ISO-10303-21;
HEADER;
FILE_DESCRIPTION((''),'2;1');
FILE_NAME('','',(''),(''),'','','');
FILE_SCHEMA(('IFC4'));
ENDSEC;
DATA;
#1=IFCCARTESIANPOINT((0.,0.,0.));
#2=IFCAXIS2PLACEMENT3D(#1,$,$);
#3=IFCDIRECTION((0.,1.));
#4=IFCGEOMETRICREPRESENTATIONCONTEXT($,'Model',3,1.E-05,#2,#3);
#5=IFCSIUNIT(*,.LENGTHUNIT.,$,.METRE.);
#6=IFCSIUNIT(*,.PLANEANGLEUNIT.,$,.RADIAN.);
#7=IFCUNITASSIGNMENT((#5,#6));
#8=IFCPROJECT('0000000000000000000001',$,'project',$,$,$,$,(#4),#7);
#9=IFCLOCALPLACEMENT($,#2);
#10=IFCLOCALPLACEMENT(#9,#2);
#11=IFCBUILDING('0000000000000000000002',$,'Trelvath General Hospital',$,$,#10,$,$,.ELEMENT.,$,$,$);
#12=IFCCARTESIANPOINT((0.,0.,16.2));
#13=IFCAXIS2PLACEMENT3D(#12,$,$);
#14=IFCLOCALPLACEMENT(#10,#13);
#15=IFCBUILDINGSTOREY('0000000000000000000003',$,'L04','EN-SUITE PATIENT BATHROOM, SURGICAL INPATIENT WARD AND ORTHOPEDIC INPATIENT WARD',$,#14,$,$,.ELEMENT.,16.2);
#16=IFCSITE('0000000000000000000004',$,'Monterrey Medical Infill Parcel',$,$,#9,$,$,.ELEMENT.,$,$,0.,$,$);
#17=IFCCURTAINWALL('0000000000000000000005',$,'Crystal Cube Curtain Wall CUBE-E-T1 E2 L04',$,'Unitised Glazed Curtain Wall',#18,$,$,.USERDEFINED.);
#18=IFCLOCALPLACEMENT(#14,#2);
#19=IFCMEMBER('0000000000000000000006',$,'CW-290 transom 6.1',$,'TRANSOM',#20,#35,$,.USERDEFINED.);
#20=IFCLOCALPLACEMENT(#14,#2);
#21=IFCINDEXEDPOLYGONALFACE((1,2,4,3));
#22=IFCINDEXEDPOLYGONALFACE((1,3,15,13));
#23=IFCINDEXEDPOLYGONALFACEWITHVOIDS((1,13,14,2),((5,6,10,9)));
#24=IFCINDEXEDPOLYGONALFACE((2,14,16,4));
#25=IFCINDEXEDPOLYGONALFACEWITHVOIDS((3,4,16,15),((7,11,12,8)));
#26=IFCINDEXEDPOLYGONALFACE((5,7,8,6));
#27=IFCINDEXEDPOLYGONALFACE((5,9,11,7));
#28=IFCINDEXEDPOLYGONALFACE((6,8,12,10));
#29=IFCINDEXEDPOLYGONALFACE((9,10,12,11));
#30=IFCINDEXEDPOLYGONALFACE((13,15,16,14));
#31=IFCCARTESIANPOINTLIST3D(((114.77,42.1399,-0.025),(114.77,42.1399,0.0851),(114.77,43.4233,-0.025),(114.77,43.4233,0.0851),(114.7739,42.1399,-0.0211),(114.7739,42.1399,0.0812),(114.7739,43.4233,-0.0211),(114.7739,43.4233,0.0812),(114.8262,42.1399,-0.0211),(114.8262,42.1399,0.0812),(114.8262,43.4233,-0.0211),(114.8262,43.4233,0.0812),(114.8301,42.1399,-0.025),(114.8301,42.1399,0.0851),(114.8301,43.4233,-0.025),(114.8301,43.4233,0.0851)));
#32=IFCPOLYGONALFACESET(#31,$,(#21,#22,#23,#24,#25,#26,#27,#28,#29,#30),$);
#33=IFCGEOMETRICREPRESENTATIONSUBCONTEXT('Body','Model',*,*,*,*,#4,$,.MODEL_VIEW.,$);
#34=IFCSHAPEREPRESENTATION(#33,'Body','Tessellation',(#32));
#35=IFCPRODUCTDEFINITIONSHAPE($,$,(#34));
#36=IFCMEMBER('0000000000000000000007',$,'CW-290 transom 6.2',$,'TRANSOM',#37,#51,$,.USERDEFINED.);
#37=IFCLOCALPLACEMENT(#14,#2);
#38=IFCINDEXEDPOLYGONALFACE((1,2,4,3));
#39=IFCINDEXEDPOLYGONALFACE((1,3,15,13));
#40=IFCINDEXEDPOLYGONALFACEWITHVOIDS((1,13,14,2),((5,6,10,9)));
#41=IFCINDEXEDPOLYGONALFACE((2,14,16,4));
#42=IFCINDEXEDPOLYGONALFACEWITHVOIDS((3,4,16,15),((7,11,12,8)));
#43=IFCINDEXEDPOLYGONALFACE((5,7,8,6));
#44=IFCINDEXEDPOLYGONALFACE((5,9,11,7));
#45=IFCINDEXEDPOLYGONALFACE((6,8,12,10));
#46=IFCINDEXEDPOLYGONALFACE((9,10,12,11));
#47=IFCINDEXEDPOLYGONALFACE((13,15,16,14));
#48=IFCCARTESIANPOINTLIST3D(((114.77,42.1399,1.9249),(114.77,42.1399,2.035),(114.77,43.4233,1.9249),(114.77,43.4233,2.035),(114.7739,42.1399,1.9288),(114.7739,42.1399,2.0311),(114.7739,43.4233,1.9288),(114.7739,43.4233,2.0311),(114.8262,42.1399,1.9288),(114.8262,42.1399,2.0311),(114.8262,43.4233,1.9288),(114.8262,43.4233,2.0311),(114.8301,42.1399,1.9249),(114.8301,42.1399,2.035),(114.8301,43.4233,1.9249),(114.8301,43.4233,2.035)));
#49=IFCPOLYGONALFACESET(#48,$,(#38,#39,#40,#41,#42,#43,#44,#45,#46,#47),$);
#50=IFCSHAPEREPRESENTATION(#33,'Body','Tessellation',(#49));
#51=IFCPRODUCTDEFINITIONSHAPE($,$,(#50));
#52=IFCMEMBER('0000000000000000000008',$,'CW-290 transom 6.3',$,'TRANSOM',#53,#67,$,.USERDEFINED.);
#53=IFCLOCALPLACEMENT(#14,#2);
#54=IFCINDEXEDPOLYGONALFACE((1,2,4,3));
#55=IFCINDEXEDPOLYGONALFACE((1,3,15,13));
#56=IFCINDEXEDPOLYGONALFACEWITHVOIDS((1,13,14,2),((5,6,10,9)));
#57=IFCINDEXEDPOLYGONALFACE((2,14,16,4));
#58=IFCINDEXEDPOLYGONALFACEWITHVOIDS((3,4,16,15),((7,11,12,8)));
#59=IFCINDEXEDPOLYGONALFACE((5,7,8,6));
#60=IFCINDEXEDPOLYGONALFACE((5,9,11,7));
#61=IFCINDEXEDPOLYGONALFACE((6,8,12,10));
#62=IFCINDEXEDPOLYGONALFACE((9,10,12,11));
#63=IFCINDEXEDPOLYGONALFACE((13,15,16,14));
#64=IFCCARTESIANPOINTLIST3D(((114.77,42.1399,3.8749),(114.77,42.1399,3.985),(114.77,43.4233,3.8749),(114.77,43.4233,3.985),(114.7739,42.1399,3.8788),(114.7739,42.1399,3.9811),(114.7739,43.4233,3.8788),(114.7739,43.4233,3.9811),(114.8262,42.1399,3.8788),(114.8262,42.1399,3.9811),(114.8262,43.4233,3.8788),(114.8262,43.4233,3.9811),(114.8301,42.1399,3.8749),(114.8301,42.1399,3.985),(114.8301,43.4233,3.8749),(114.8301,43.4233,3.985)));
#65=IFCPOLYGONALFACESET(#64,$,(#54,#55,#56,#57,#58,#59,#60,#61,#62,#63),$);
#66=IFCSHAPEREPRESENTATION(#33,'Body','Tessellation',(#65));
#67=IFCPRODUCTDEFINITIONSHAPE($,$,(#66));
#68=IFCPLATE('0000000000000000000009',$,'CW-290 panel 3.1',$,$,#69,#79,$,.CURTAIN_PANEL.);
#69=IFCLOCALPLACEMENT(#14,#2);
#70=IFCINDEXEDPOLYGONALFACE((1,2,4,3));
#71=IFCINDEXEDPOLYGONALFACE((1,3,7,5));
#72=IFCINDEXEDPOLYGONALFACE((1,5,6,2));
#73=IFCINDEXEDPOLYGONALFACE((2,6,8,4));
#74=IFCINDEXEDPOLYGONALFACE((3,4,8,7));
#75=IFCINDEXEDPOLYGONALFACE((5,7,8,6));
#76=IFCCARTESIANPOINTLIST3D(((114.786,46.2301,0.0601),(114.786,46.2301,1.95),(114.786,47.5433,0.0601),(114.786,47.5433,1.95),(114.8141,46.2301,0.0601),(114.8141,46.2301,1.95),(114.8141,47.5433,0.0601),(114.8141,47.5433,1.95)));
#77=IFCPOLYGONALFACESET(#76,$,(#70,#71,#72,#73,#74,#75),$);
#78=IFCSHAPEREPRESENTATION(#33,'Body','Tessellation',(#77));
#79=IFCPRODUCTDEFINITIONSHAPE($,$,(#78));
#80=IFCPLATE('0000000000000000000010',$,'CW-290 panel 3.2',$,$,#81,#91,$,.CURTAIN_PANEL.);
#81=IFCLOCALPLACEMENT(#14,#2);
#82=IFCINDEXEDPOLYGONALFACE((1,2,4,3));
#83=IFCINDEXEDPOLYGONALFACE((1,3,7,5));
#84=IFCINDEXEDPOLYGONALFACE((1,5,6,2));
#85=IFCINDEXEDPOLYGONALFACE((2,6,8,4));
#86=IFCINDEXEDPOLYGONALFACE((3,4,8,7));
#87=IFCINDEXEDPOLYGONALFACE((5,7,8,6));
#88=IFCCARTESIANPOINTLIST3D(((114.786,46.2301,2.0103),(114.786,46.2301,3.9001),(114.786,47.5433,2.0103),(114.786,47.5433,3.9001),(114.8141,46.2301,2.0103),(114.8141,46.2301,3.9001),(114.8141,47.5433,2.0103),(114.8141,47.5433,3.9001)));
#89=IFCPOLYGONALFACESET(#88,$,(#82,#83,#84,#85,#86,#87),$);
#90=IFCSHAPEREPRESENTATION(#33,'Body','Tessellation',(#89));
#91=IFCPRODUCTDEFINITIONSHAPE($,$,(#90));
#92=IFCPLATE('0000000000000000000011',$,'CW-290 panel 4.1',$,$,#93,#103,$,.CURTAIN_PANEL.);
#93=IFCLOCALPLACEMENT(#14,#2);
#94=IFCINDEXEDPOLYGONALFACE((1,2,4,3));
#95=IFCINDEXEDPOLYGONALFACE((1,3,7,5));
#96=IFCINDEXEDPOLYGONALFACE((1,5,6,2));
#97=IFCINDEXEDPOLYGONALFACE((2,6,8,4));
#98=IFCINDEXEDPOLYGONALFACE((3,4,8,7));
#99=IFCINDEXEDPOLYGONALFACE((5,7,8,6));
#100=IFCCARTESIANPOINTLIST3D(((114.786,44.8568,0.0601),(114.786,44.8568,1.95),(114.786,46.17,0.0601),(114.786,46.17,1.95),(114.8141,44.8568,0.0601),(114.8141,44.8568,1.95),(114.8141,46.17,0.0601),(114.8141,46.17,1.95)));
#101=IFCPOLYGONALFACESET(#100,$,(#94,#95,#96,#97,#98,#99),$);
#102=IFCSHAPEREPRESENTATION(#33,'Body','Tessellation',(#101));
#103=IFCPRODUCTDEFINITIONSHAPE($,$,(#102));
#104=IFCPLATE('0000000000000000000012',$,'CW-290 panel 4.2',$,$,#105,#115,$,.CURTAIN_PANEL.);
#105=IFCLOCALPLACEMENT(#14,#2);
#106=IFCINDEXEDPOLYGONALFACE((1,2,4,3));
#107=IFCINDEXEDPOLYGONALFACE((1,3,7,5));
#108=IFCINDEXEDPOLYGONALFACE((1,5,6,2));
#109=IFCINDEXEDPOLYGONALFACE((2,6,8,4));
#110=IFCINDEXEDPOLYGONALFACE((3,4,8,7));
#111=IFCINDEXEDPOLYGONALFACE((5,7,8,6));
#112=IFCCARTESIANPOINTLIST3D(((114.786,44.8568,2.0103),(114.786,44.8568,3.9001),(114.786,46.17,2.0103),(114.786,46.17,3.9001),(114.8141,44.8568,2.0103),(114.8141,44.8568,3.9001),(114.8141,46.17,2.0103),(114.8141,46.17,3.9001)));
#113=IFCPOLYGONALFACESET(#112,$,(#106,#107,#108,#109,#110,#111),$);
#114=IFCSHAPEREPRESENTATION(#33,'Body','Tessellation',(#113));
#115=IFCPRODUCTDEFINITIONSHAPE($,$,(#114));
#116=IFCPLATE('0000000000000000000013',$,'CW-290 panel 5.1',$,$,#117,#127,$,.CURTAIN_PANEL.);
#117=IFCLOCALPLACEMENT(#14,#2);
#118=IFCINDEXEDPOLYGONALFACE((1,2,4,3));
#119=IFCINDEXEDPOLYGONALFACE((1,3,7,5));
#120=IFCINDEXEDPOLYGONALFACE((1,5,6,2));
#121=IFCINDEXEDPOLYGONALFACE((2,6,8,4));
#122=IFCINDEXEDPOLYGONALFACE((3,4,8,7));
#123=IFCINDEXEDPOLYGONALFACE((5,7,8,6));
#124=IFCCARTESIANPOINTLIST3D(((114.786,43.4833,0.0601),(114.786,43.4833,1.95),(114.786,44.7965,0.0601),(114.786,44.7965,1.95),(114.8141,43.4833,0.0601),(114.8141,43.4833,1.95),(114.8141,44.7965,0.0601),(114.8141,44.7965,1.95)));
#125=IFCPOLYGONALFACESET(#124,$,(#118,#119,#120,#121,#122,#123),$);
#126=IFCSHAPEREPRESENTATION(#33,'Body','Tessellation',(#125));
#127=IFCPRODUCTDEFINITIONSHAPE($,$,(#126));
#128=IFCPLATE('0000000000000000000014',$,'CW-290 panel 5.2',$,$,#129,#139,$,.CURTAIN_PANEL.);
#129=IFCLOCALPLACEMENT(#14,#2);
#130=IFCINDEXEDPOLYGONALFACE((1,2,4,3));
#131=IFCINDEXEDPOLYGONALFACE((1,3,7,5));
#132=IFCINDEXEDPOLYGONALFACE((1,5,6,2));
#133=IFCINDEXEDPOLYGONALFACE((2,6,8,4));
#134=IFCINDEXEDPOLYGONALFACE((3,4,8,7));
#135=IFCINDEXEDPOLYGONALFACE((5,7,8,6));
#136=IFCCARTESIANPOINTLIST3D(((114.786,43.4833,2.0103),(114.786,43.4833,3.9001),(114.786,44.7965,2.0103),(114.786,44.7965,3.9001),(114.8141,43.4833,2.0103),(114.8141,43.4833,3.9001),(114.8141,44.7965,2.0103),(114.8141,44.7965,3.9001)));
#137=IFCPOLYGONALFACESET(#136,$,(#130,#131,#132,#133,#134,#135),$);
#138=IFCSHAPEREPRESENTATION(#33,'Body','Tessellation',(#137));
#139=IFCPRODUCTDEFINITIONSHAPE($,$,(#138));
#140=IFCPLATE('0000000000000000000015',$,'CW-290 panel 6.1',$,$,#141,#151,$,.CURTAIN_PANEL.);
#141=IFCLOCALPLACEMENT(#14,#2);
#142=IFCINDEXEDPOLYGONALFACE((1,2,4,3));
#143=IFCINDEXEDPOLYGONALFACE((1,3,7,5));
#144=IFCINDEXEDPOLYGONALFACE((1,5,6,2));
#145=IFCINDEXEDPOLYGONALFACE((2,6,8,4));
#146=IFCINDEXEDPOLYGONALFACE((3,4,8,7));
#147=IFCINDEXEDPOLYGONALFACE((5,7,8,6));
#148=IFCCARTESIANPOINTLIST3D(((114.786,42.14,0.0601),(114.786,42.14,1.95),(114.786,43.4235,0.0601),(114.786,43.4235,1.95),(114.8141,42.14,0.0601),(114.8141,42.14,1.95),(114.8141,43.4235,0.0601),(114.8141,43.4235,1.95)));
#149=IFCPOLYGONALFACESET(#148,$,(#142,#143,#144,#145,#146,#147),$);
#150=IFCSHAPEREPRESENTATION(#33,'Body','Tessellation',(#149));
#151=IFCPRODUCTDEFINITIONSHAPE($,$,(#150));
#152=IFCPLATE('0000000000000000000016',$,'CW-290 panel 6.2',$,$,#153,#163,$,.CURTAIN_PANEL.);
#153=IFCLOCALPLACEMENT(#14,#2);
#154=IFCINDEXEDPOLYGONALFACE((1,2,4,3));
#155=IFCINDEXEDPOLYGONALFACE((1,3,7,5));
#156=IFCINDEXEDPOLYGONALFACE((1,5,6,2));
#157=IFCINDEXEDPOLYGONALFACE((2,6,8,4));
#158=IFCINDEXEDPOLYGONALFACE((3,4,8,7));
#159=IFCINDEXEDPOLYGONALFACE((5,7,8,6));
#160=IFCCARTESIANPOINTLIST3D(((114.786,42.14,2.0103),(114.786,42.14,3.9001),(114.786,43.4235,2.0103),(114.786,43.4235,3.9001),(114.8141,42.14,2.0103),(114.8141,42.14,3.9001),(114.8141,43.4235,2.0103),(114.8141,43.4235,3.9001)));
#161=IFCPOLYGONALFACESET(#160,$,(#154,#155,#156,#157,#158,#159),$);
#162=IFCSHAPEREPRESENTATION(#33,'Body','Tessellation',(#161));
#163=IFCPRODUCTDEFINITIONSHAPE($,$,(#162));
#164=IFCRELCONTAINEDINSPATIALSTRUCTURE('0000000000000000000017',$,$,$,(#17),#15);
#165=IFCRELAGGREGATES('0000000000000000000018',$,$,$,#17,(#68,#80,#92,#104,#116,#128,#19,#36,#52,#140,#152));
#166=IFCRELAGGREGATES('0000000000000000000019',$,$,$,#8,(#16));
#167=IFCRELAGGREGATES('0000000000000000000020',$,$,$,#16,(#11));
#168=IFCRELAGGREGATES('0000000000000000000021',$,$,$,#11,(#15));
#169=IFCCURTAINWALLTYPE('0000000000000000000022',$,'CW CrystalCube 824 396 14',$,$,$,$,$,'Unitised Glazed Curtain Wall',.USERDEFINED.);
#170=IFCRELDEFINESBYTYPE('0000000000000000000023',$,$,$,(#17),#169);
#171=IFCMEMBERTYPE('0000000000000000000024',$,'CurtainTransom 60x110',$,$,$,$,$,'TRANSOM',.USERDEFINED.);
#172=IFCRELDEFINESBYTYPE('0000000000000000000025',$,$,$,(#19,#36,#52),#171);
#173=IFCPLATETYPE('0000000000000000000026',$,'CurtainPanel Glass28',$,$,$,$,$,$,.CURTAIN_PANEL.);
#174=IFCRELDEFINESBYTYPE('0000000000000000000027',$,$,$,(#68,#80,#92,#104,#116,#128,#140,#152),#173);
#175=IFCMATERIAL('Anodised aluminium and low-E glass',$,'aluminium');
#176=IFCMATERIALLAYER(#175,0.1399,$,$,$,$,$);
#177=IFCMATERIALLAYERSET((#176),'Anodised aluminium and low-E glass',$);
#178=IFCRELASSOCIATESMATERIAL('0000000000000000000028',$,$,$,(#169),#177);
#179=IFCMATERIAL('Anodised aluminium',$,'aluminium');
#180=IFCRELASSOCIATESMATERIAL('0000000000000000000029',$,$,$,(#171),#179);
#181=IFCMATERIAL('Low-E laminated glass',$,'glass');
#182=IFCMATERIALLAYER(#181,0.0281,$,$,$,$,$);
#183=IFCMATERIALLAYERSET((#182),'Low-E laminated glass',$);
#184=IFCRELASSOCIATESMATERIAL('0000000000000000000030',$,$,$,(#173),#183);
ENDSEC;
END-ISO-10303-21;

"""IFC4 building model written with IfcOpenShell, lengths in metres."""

from ifc_helpers import new_model, si_unit, direction, frame, origin, origin_2d, place, context, subcontext, project, spatial, rectangle, hollow_rectangle, extrude, material, layer, layer_set, material_profile, profile_set, type_object, element, aggregate, save


model = new_model("IFC4")

# Units and contexts
model_context = context("Model", 3, precision=1e-05, world=origin(), true_north=direction((0.0, 1.0)))
body_context = subcontext(model_context, "Body", "Model", "MODEL_VIEW")
ifc_project = project(units=[si_unit("LENGTHUNIT", "METRE"), si_unit("PLANEANGLEUNIT", "RADIAN")], contexts=[model_context])

# Site, building, storey
site_placement = place(None, origin())
site = spatial("IfcSite", under=ifc_project, at=site_placement, Name="Monterrey Medical Infill Parcel", CompositionType="ELEMENT", RefElevation=0.0)
building_placement = place(site_placement, origin())
building = spatial("IfcBuilding", under=site, at=building_placement, Name="Trelvath General Hospital", CompositionType="ELEMENT")
storey_placement = place(building_placement, frame((0.0, 0.0, 16.2)))
storey = spatial("IfcBuildingStorey", under=building, at=storey_placement, Name="L04", Description="EN-SUITE PATIENT BATHROOM, SURGICAL INPATIENT WARD AND ORTHOPEDIC INPATIENT WARD", CompositionType="ELEMENT", Elevation=16.2)

# Curtain wall, members, plates
ifc_material_1 = material(Name="Anodised aluminium and low-E glass", Category="aluminium")
ifc_layer_1 = layer(ifc_material_1, 0.1399)
ifc_layer_set_1 = layer_set([ifc_layer_1], Name="Anodised aluminium and low-E glass")
curtain_wall_type = type_object("IfcCurtainWallType", Name="CW CrystalCube 824 396 14", ElementType="Unitised Glazed Curtain Wall", PredefinedType="USERDEFINED", material=ifc_layer_set_1)
curtain_wall_placement = place(storey_placement, origin())
curtain_wall = element("IfcCurtainWall", 1, at=curtain_wall_placement, inside=storey, type_object=curtain_wall_type, Name="Crystal Cube Curtain Wall CUBE-E-T1 E2 L04", ObjectType="Unitised Glazed Curtain Wall", PredefinedType="USERDEFINED")
ifc_material_2 = material(Name="Anodised aluminium", Category="aluminium")
ifc_material_profile_1 = material_profile(ifc_material_2, hollow_rectangle(XDim=0.0601, YDim=0.1101, WallThickness=0.0039, at=origin_2d()), Name="RHS60x110x4")
ifc_profile_set_1 = profile_set([ifc_material_profile_1], Name="Anodised aluminium")
member_type_1 = type_object("IfcMemberType", Name="CurtainTransom 60x110", ElementType="TRANSOM", PredefinedType="USERDEFINED", material=ifc_profile_set_1)
member_1_placement = place(storey_placement, frame((114.8, 43.4233, 0.03), z_axis=(0.0, -1.0, 0.0), x_axis=(1.0, 0.0, 0.0)))
member_1 = element("IfcMember", 2, at=member_1_placement, type_object=member_type_1, Name="CW-290 transom 6.1", ObjectType="TRANSOM", PredefinedType="USERDEFINED", context=body_context, shape_type="SweptSolid", body=[
    extrude(hollow_rectangle(XDim=0.0601, YDim=0.1101, WallThickness=0.0039, at=origin_2d()), origin(), (0.0, 0.0, 1.0), 1.2834),
])
member_2_placement = place(storey_placement, frame((114.8, 43.4233, 1.98), z_axis=(0.0, -1.0, 0.0), x_axis=(1.0, 0.0, 0.0)))
member_2 = element("IfcMember", 3, at=member_2_placement, type_object=member_type_1, Name="CW-290 transom 6.2", ObjectType="TRANSOM", PredefinedType="USERDEFINED", context=body_context, shape_type="SweptSolid", body=[
    extrude(hollow_rectangle(XDim=0.0601, YDim=0.1101, WallThickness=0.0039, at=origin_2d()), origin(), (0.0, 0.0, 1.0), 1.2834),
])
member_3_placement = place(storey_placement, frame((114.8, 43.4233, 3.9299), z_axis=(0.0, -1.0, 0.0), x_axis=(1.0, 0.0, 0.0)))
member_3 = element("IfcMember", 4, at=member_3_placement, type_object=member_type_1, Name="CW-290 transom 6.3", ObjectType="TRANSOM", PredefinedType="USERDEFINED", context=body_context, shape_type="SweptSolid", body=[
    extrude(hollow_rectangle(XDim=0.0601, YDim=0.1101, WallThickness=0.0039, at=origin_2d()), origin(), (0.0, 0.0, 1.0), 1.2834),
])
ifc_material_3 = material(Name="Low-E laminated glass", Category="glass")
ifc_layer_2 = layer(ifc_material_3, 0.0281)
ifc_layer_set_2 = layer_set([ifc_layer_2], Name="Low-E laminated glass")
plate_type = type_object("IfcPlateType", Name="CurtainPanel Glass28", PredefinedType="CURTAIN_PANEL", material=ifc_layer_set_2)
plate_1_placement = place(storey_placement, frame((114.8, 46.8867, 0.0601), z_axis=(0.0, 0.0, 1.0), x_axis=(0.0, -1.0, 0.0)))
plate_1 = element("IfcPlate", 5, at=plate_1_placement, type_object=plate_type, Name="CW-290 panel 3.1", PredefinedType="CURTAIN_PANEL", context=body_context, shape_type="SweptSolid", body=[
    extrude(rectangle(XDim=1.3132, YDim=0.0281, at=origin_2d()), origin(), (0.0, 0.0, 1.0), 1.8899),
])
plate_2_placement = place(storey_placement, frame((114.8, 46.8867, 2.0103), z_axis=(0.0, 0.0, 1.0), x_axis=(0.0, -1.0, 0.0)))
plate_2 = element("IfcPlate", 6, at=plate_2_placement, type_object=plate_type, Name="CW-290 panel 3.2", PredefinedType="CURTAIN_PANEL", context=body_context, shape_type="SweptSolid", body=[
    extrude(rectangle(XDim=1.3132, YDim=0.0281, at=origin_2d()), origin(), (0.0, 0.0, 1.0), 1.8899),
])
plate_3_placement = place(storey_placement, frame((114.8, 45.5134, 0.0601), z_axis=(0.0, 0.0, 1.0), x_axis=(0.0, -1.0, 0.0)))
plate_3 = element("IfcPlate", 7, at=plate_3_placement, type_object=plate_type, Name="CW-290 panel 4.1", PredefinedType="CURTAIN_PANEL", context=body_context, shape_type="SweptSolid", body=[
    extrude(rectangle(XDim=1.3132, YDim=0.0281, at=origin_2d()), origin(), (0.0, 0.0, 1.0), 1.8899),
])
plate_4_placement = place(storey_placement, frame((114.8, 45.5134, 2.0103), z_axis=(0.0, 0.0, 1.0), x_axis=(0.0, -1.0, 0.0)))
plate_4 = element("IfcPlate", 8, at=plate_4_placement, type_object=plate_type, Name="CW-290 panel 4.2", PredefinedType="CURTAIN_PANEL", context=body_context, shape_type="SweptSolid", body=[
    extrude(rectangle(XDim=1.3132, YDim=0.0281, at=origin_2d()), origin(), (0.0, 0.0, 1.0), 1.8899),
])
plate_5_placement = place(storey_placement, frame((114.8, 44.1399, 0.0601), z_axis=(0.0, 0.0, 1.0), x_axis=(0.0, -1.0, 0.0)))
plate_5 = element("IfcPlate", 9, at=plate_5_placement, type_object=plate_type, Name="CW-290 panel 5.1", PredefinedType="CURTAIN_PANEL", context=body_context, shape_type="SweptSolid", body=[
    extrude(rectangle(XDim=1.3132, YDim=0.0281, at=origin_2d()), origin(), (0.0, 0.0, 1.0), 1.8899),
])
plate_6_placement = place(storey_placement, frame((114.8, 44.1399, 2.0103), z_axis=(0.0, 0.0, 1.0), x_axis=(0.0, -1.0, 0.0)))
plate_6 = element("IfcPlate", 10, at=plate_6_placement, type_object=plate_type, Name="CW-290 panel 5.2", PredefinedType="CURTAIN_PANEL", context=body_context, shape_type="SweptSolid", body=[
    extrude(rectangle(XDim=1.3132, YDim=0.0281, at=origin_2d()), origin(), (0.0, 0.0, 1.0), 1.8899),
])
plate_7_placement = place(storey_placement, frame((114.8, 42.7817, 0.0601), z_axis=(0.0, 0.0, 1.0), x_axis=(0.0, -1.0, 0.0)))
plate_7 = element("IfcPlate", 11, at=plate_7_placement, type_object=plate_type, Name="CW-290 panel 6.1", PredefinedType="CURTAIN_PANEL", context=body_context, shape_type="SweptSolid", body=[
    extrude(rectangle(XDim=1.2834, YDim=0.0281, at=origin_2d()), origin(), (0.0, 0.0, 1.0), 1.8899),
])
plate_8_placement = place(storey_placement, frame((114.8, 42.7817, 2.0103), z_axis=(0.0, 0.0, 1.0), x_axis=(0.0, -1.0, 0.0)))
plate_8 = element("IfcPlate", 12, at=plate_8_placement, type_object=plate_type, Name="CW-290 panel 6.2", PredefinedType="CURTAIN_PANEL", context=body_context, shape_type="SweptSolid", body=[
    extrude(rectangle(XDim=1.2834, YDim=0.0281, at=origin_2d()), origin(), (0.0, 0.0, 1.0), 1.8899),
])
aggregate(curtain_wall, [plate_1, plate_2, plate_3, plate_4, plate_5, plate_6, member_1, member_2, member_3, plate_7, plate_8])

save(model, "model.ifc")
